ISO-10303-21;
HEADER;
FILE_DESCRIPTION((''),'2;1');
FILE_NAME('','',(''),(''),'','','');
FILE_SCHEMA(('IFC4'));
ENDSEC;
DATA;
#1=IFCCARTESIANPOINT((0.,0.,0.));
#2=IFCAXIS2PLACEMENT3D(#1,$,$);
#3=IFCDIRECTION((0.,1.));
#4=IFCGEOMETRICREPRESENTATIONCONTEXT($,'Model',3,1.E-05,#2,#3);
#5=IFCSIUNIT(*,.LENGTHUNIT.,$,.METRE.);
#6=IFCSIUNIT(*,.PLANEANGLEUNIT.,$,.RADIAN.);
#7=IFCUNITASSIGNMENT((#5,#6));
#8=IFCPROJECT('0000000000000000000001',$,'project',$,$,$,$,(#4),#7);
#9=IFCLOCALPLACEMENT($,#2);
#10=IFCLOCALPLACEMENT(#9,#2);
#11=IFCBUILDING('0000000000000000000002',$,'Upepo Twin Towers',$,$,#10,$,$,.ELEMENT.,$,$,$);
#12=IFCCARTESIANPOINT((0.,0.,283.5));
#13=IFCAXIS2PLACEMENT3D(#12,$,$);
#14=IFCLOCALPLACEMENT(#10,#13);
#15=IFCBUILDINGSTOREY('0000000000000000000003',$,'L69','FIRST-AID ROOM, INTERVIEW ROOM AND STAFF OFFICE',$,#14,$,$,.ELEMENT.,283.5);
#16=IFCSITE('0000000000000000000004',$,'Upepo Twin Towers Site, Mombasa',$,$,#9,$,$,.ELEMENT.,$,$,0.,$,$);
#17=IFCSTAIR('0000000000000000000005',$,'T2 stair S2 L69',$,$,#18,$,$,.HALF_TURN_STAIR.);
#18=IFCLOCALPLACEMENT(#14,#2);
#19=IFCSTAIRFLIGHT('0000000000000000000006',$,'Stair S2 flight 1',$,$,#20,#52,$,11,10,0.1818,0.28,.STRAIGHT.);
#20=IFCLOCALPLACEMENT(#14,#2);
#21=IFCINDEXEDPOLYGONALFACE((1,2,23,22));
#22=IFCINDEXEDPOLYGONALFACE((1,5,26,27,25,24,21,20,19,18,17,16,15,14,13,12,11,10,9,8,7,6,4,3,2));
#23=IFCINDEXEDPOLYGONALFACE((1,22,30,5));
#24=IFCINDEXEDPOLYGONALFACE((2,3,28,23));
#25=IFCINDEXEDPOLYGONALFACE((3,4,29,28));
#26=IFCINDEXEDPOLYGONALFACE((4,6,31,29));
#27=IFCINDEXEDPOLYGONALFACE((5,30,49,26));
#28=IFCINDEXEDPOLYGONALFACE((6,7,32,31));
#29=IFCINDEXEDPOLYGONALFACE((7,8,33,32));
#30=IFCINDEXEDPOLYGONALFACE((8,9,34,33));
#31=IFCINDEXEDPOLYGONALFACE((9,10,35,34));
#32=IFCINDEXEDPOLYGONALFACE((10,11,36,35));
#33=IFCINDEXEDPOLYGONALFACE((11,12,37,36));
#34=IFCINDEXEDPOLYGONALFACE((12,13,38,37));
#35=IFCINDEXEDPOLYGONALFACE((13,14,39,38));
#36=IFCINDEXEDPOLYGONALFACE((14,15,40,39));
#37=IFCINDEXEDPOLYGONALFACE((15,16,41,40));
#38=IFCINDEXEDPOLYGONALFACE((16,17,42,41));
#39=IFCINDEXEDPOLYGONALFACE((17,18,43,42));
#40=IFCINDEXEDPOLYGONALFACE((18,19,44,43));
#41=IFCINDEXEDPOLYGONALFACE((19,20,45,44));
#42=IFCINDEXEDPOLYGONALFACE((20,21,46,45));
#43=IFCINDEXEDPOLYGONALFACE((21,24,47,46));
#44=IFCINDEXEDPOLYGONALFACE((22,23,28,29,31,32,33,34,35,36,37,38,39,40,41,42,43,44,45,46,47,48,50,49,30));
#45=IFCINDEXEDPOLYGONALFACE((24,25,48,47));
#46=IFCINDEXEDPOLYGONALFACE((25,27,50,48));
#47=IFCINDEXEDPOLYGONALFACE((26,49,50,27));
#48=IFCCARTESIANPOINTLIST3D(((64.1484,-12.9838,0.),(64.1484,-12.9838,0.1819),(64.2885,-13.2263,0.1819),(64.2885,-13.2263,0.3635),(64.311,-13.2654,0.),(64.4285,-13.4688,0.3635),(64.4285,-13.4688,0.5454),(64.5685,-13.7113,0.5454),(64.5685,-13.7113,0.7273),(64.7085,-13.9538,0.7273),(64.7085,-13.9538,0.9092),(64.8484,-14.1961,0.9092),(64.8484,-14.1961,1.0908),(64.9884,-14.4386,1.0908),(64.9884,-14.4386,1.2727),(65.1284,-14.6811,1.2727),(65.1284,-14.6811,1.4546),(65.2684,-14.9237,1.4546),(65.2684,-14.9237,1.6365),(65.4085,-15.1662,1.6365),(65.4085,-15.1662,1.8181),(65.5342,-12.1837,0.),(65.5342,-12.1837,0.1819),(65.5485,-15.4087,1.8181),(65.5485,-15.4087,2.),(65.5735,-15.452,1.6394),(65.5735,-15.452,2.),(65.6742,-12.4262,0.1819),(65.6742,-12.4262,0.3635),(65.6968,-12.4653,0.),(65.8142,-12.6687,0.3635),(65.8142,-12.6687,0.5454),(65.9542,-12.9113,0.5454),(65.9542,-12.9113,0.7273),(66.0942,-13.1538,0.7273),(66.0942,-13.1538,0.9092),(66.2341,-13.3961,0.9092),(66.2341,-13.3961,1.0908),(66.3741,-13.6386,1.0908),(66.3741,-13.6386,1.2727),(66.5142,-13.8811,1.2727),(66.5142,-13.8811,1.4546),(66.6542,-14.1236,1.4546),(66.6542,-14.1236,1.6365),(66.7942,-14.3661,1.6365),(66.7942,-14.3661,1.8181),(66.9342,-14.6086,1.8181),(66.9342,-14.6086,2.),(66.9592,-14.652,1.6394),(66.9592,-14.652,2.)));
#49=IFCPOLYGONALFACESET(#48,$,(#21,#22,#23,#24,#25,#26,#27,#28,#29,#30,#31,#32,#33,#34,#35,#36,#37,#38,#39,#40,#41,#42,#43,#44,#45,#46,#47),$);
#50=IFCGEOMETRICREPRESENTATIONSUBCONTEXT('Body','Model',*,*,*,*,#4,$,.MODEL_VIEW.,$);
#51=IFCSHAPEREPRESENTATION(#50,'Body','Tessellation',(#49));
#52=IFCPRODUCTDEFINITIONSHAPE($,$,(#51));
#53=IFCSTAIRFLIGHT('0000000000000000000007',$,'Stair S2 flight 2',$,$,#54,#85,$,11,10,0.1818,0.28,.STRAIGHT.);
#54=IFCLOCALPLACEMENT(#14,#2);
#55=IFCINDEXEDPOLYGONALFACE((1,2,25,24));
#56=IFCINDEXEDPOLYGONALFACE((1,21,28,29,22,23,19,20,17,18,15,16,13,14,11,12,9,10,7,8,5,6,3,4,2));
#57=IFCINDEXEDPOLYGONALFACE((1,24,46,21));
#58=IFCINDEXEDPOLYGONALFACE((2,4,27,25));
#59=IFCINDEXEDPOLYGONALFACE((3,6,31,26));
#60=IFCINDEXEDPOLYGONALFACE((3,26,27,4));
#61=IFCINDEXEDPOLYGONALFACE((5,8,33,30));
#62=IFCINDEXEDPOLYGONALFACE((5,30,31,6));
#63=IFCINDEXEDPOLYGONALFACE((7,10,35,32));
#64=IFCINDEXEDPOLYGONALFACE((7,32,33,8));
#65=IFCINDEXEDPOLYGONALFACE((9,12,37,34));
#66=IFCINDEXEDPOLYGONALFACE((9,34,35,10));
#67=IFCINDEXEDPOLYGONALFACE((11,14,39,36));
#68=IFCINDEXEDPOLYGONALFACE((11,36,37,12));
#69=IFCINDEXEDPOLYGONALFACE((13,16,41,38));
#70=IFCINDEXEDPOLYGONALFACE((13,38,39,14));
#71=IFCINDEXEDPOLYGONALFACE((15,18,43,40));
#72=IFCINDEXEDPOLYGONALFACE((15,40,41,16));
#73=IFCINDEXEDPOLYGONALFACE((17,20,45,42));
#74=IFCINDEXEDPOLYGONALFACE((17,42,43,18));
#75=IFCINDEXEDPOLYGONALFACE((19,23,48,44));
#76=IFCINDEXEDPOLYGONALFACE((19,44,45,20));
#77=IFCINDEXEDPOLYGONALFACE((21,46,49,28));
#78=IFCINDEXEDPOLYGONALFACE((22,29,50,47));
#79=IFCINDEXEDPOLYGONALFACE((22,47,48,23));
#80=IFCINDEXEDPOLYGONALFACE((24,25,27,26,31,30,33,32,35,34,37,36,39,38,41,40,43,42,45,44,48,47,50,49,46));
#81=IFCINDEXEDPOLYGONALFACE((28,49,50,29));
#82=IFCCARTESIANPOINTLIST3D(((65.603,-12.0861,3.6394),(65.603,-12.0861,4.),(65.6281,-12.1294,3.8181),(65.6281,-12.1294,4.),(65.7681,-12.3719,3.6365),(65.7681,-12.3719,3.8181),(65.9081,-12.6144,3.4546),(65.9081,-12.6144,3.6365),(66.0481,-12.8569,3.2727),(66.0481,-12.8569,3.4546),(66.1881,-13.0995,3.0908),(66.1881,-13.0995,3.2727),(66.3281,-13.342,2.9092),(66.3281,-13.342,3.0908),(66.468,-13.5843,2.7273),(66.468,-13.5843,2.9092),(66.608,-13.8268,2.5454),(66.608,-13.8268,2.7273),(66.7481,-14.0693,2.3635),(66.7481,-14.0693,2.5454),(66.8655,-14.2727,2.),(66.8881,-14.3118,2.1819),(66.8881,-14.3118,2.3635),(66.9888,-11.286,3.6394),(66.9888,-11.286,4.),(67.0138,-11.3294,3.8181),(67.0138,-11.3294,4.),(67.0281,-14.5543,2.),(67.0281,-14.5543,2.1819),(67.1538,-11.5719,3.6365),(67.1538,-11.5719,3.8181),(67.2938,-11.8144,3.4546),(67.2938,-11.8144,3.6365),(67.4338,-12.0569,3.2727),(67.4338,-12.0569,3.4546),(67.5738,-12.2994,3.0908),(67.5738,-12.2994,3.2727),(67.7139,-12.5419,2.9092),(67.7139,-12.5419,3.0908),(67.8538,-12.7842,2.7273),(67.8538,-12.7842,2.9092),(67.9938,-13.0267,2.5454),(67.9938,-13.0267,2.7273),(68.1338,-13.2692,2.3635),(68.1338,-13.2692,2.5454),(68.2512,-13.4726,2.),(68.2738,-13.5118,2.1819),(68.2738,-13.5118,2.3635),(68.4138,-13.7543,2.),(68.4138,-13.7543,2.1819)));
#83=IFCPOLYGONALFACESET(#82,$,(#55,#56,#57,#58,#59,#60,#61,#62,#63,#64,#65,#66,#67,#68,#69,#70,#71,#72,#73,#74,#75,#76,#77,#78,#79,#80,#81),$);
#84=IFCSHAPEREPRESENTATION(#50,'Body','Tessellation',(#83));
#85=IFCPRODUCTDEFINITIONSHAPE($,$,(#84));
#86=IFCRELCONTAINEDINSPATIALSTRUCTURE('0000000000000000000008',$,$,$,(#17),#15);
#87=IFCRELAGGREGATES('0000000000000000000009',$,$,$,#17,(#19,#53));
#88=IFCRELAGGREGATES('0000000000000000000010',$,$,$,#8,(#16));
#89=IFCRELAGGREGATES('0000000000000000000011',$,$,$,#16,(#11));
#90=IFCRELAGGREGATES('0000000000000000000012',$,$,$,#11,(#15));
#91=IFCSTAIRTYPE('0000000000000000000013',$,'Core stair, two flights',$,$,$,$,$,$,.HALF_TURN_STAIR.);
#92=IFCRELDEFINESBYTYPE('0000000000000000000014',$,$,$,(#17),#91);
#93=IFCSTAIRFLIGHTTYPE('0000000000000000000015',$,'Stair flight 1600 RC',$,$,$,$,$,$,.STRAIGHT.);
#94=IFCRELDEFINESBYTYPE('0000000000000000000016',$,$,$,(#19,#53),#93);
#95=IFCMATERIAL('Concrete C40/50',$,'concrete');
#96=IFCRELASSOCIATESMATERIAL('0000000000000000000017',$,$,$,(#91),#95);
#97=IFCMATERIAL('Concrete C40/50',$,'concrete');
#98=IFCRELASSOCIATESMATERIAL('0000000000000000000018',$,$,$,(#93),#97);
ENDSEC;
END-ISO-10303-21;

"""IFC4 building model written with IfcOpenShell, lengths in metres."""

from ifc_helpers import new_model, si_unit, direction, frame, origin, place, context, subcontext, project, spatial, polyline, outline, extrude, material, type_object, element, aggregate, save


model = new_model("IFC4")

# Units and contexts
model_context = context("Model", 3, precision=1e-05, world=origin(), true_north=direction((0.0, 1.0)))
body_context = subcontext(model_context, "Body", "Model", "MODEL_VIEW")
ifc_project = project(units=[si_unit("LENGTHUNIT", "METRE"), si_unit("PLANEANGLEUNIT", "RADIAN")], contexts=[model_context])

# Site, building, storey
site_placement = place(None, origin())
site = spatial("IfcSite", under=ifc_project, at=site_placement, Name="Upepo Twin Towers Site, Mombasa", CompositionType="ELEMENT", RefElevation=0.0)
building_placement = place(site_placement, origin())
building = spatial("IfcBuilding", under=site, at=building_placement, Name="Upepo Twin Towers", CompositionType="ELEMENT")
storey_placement = place(building_placement, frame((0.0, 0.0, 283.5)))
storey = spatial("IfcBuildingStorey", under=building, at=storey_placement, Name="L69", Description="FIRST-AID ROOM, INTERVIEW ROOM AND STAFF OFFICE", CompositionType="ELEMENT", Elevation=283.5)

# Stair, stair flights
ifc_material_1 = material(Name="Concrete C40/50", Category="concrete")
stair_type = type_object("IfcStairType", Name="Core stair, two flights", PredefinedType="HALF_TURN_STAIR", material=ifc_material_1)
stair_placement = place(storey_placement, origin())
stair = element("IfcStair", 1, at=stair_placement, inside=storey, type_object=stair_type, Name="T2 stair S2 L69", PredefinedType="HALF_TURN_STAIR")
ifc_material_2 = material(Name="Concrete C40/50", Category="concrete")
stair_flight_type = type_object("IfcStairFlightType", Name="Stair flight 1600 RC", PredefinedType="STRAIGHT", material=ifc_material_2)
stair_flight_1_placement = place(storey_placement, frame((64.8413, -12.5837, 0.0), z_axis=(0.0, 0.0, 1.0), x_axis=(0.5, -0.866025, 0.0)))
stair_flight_1 = element("IfcStairFlight", 2, at=stair_flight_1_placement, type_object=stair_flight_type, Name="Stair S2 flight 1", NumberOfRisers=11, NumberOfTreads=10, PredefinedType="STRAIGHT", RiserHeight=0.1818, TreadLength=0.28, context=body_context, shape_type="SweptSolid", body=[
    extrude(outline(polyline([(0.0, 0.0), (0.0, 0.1819), (0.28, 0.1819), (0.28, 0.3635), (0.5601, 0.3635), (0.5601, 0.5454), (0.8401, 0.5454), (0.8401, 0.7273), (1.1201, 0.7273), (1.1201, 0.9092), (1.3999, 0.9092), (1.3999, 1.0908), (1.6799, 1.0908), (1.6799, 1.2727), (1.96, 1.2727), (1.96, 1.4546), (2.24, 1.4546), (2.24, 1.6365), (2.52, 1.6365), (2.52, 1.8181), (2.8, 1.8181), (2.8, 2.0), (2.8501, 2.0), (2.8501, 1.6394), (0.3252, 0.0), (0.0, 0.0)])), frame((0.0, 0.8, 0.0), z_axis=(0.0, -1.0, 0.0), x_axis=(1.0, 0.0, 0.0)), (0.0, 0.0, 1.0), 1.6001),
])
stair_flight_2_placement = place(storey_placement, frame((67.7209, -14.1543, 2.0), z_axis=(0.0, 0.0, 1.0), x_axis=(-0.5, 0.866025, 0.0)))
stair_flight_2 = element("IfcStairFlight", 3, at=stair_flight_2_placement, type_object=stair_flight_type, Name="Stair S2 flight 2", NumberOfRisers=11, NumberOfTreads=10, PredefinedType="STRAIGHT", RiserHeight=0.1818, TreadLength=0.28, context=body_context, shape_type="SweptSolid", body=[
    extrude(outline(polyline([(0.0, 0.0), (0.0, 0.1819), (0.28, 0.1819), (0.28, 0.3635), (0.5601, 0.3635), (0.5601, 0.5454), (0.8401, 0.5454), (0.8401, 0.7273), (1.1201, 0.7273), (1.1201, 0.9092), (1.3999, 0.9092), (1.3999, 1.0908), (1.6799, 1.0908), (1.6799, 1.2727), (1.96, 1.2727), (1.96, 1.4546), (2.24, 1.4546), (2.24, 1.6365), (2.52, 1.6365), (2.52, 1.8181), (2.8, 1.8181), (2.8, 2.0), (2.8501, 2.0), (2.8501, 1.6394), (0.3252, 0.0), (0.0, 0.0)])), frame((0.0, 0.8, 0.0), z_axis=(0.0, -1.0, 0.0), x_axis=(1.0, 0.0, 0.0)), (0.0, 0.0, 1.0), 1.6001),
])
aggregate(stair, [stair_flight_1, stair_flight_2])

save(model, "model.ifc")
